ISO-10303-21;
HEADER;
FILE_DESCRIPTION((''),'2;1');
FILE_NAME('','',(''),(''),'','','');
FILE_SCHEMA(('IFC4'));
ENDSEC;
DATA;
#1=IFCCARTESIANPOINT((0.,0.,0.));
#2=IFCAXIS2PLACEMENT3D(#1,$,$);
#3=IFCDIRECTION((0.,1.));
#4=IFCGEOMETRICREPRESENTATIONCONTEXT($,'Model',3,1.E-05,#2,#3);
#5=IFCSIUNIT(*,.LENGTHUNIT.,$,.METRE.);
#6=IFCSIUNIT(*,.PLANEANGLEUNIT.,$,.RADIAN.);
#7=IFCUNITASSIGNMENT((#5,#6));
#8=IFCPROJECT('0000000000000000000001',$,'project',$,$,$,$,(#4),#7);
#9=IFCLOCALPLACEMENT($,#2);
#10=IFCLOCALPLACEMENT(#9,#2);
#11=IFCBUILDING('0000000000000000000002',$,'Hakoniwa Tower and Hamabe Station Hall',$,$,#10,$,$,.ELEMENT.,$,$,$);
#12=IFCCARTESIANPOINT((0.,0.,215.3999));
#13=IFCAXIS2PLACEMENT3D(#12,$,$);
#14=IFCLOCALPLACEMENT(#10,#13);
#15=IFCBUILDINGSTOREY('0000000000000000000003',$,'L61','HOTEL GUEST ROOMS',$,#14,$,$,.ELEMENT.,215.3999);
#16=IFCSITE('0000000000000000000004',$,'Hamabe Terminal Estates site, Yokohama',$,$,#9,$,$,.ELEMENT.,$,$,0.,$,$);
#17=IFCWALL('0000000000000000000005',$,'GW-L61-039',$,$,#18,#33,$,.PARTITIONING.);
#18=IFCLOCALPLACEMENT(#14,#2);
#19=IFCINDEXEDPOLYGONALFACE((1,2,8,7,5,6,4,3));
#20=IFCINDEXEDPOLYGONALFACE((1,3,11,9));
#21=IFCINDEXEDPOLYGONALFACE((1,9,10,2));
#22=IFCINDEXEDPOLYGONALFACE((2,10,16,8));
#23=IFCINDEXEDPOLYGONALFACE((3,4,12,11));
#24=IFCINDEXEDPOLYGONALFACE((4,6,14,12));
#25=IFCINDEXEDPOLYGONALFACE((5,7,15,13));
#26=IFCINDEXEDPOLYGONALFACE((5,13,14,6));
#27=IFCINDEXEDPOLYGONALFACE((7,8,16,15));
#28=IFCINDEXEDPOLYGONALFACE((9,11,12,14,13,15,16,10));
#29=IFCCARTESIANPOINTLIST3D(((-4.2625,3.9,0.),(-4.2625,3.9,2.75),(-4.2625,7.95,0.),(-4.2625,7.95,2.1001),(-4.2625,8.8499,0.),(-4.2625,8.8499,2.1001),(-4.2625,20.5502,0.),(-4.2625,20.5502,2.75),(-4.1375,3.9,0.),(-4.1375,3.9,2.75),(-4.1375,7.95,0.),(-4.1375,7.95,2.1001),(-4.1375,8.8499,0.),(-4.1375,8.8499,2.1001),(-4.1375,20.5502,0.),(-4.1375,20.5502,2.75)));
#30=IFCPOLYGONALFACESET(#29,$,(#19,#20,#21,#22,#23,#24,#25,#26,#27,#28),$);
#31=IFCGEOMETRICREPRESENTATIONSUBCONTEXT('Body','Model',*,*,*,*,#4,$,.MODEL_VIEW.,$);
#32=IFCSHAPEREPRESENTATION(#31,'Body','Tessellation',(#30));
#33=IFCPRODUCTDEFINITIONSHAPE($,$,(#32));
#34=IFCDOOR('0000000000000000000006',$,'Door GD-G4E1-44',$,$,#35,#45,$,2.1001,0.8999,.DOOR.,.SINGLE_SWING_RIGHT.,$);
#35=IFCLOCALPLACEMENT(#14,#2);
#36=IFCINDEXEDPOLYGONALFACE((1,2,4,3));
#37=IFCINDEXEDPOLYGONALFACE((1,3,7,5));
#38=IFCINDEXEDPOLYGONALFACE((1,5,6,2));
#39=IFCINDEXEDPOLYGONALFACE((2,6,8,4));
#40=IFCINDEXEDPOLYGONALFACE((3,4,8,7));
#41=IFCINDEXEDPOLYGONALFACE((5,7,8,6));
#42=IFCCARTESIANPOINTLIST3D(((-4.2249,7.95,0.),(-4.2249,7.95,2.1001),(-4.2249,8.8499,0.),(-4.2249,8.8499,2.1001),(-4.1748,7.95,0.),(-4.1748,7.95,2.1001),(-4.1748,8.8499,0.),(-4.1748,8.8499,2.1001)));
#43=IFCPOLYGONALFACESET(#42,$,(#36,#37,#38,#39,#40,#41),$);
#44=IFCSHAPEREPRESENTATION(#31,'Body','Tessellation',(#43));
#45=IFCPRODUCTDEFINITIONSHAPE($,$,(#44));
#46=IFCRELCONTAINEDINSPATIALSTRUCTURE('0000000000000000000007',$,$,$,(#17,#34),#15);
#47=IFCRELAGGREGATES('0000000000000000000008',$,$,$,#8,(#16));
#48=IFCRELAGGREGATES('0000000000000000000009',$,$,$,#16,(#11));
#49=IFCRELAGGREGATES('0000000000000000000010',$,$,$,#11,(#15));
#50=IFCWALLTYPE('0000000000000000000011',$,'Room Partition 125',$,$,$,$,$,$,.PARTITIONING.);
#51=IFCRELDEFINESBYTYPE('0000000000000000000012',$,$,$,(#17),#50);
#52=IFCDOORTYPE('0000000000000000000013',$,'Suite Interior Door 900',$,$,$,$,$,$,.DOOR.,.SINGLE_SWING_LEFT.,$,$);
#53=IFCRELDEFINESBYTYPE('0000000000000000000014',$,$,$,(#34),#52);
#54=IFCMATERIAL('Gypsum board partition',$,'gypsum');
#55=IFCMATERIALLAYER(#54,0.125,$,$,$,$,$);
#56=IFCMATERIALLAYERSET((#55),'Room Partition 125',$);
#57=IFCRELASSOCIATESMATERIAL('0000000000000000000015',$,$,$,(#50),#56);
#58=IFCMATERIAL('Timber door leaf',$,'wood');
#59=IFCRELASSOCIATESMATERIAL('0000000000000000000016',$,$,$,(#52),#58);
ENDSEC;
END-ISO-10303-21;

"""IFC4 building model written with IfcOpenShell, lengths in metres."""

from ifc_helpers import new_model, si_unit, direction, frame, frame_2d, origin, place, context, subcontext, project, spatial, rectangle, extrude, material, layer, layer_set, type_object, element, fill, save


model = new_model("IFC4")

# Units and contexts
model_context = context("Model", 3, precision=1e-05, world=origin(), true_north=direction((0.0, 1.0)))
body_context = subcontext(model_context, "Body", "Model", "MODEL_VIEW")
ifc_project = project(units=[si_unit("LENGTHUNIT", "METRE"), si_unit("PLANEANGLEUNIT", "RADIAN")], contexts=[model_context])

# Site, building, storey
site_placement = place(None, origin())
site = spatial("IfcSite", under=ifc_project, at=site_placement, Name="Hamabe Terminal Estates site, Yokohama", CompositionType="ELEMENT", RefElevation=0.0)
building_placement = place(site_placement, origin())
building = spatial("IfcBuilding", under=site, at=building_placement, Name="Hakoniwa Tower and Hamabe Station Hall", CompositionType="ELEMENT")
storey_placement = place(building_placement, frame((0.0, 0.0, 215.3999)))
storey = spatial("IfcBuildingStorey", under=building, at=storey_placement, Name="L61", Description="HOTEL GUEST ROOMS", CompositionType="ELEMENT", Elevation=215.3999)

# Wall, opening, door
ifc_material_1 = material(Name="Gypsum board partition", Category="gypsum")
ifc_layer_1 = layer(ifc_material_1, 0.125)
ifc_layer_set_1 = layer_set([ifc_layer_1], Name="Room Partition 125")
wall_type_1 = type_object("IfcWallType", Name="Room Partition 125", PredefinedType="PARTITIONING", material=ifc_layer_set_1)
ifc_material_2 = material(Name="Timber door leaf", Category="wood")
door_type_1 = type_object("IfcDoorType", Name="Suite Interior Door 900", OperationType="SINGLE_SWING_LEFT", PredefinedType="DOOR", material=ifc_material_2)
wall_1_placement = place(storey_placement, frame((-4.2, 3.8999, 0.0), z_axis=(0.0, 0.0, 1.0), x_axis=(0.0, 1.0, 0.0)))
wall_1 = element("IfcWall", 1, at=wall_1_placement, inside=storey, type_object=wall_type_1, Name="GW-L61-039", PredefinedType="PARTITIONING", context=body_context, shape_type="SweptSolid", body=[
    extrude(rectangle(XDim=16.6501, YDim=0.125, at=frame_2d((8.3252, 0.0))), origin(), (0.0, 0.0, 1.0), 2.75),
])
opening_1_placement = place(wall_1_placement, frame((4.05, 0.0, 0.0)))
opening_1 = element("IfcOpeningElement", 2, at=opening_1_placement, cuts=wall_1, PredefinedType="OPENING", context=body_context, shape_type="SweptSolid", body=[
    extrude(rectangle(XDim=0.8999, YDim=2.1001, at=frame_2d((0.45, 1.05))), frame((0.0, 0.0725, 0.0), z_axis=(0.0, -1.0, 0.0), x_axis=(1.0, 0.0, 0.0)), (0.0, 0.0, 1.0), 0.145),
])
door_1_placement = place(opening_1_placement, origin())
door_1 = element("IfcDoor", 3, at=door_1_placement, inside=storey, type_object=door_type_1, Name="Door GD-G4E1-44", OperationType="SINGLE_SWING_RIGHT", OverallHeight=2.1001, OverallWidth=0.8999, PredefinedType="DOOR", context=body_context, shape_type="SweptSolid", body=[
    extrude(rectangle(XDim=0.8999, YDim=2.1001, at=frame_2d((0.45, 1.05))), frame((0.0, 0.0249, 0.0), z_axis=(0.0, -1.0, 0.0), x_axis=(1.0, 0.0, 0.0)), (0.0, 0.0, 1.0), 0.05),
])
fill(opening_1, door_1)

save(model, "model.ifc")
